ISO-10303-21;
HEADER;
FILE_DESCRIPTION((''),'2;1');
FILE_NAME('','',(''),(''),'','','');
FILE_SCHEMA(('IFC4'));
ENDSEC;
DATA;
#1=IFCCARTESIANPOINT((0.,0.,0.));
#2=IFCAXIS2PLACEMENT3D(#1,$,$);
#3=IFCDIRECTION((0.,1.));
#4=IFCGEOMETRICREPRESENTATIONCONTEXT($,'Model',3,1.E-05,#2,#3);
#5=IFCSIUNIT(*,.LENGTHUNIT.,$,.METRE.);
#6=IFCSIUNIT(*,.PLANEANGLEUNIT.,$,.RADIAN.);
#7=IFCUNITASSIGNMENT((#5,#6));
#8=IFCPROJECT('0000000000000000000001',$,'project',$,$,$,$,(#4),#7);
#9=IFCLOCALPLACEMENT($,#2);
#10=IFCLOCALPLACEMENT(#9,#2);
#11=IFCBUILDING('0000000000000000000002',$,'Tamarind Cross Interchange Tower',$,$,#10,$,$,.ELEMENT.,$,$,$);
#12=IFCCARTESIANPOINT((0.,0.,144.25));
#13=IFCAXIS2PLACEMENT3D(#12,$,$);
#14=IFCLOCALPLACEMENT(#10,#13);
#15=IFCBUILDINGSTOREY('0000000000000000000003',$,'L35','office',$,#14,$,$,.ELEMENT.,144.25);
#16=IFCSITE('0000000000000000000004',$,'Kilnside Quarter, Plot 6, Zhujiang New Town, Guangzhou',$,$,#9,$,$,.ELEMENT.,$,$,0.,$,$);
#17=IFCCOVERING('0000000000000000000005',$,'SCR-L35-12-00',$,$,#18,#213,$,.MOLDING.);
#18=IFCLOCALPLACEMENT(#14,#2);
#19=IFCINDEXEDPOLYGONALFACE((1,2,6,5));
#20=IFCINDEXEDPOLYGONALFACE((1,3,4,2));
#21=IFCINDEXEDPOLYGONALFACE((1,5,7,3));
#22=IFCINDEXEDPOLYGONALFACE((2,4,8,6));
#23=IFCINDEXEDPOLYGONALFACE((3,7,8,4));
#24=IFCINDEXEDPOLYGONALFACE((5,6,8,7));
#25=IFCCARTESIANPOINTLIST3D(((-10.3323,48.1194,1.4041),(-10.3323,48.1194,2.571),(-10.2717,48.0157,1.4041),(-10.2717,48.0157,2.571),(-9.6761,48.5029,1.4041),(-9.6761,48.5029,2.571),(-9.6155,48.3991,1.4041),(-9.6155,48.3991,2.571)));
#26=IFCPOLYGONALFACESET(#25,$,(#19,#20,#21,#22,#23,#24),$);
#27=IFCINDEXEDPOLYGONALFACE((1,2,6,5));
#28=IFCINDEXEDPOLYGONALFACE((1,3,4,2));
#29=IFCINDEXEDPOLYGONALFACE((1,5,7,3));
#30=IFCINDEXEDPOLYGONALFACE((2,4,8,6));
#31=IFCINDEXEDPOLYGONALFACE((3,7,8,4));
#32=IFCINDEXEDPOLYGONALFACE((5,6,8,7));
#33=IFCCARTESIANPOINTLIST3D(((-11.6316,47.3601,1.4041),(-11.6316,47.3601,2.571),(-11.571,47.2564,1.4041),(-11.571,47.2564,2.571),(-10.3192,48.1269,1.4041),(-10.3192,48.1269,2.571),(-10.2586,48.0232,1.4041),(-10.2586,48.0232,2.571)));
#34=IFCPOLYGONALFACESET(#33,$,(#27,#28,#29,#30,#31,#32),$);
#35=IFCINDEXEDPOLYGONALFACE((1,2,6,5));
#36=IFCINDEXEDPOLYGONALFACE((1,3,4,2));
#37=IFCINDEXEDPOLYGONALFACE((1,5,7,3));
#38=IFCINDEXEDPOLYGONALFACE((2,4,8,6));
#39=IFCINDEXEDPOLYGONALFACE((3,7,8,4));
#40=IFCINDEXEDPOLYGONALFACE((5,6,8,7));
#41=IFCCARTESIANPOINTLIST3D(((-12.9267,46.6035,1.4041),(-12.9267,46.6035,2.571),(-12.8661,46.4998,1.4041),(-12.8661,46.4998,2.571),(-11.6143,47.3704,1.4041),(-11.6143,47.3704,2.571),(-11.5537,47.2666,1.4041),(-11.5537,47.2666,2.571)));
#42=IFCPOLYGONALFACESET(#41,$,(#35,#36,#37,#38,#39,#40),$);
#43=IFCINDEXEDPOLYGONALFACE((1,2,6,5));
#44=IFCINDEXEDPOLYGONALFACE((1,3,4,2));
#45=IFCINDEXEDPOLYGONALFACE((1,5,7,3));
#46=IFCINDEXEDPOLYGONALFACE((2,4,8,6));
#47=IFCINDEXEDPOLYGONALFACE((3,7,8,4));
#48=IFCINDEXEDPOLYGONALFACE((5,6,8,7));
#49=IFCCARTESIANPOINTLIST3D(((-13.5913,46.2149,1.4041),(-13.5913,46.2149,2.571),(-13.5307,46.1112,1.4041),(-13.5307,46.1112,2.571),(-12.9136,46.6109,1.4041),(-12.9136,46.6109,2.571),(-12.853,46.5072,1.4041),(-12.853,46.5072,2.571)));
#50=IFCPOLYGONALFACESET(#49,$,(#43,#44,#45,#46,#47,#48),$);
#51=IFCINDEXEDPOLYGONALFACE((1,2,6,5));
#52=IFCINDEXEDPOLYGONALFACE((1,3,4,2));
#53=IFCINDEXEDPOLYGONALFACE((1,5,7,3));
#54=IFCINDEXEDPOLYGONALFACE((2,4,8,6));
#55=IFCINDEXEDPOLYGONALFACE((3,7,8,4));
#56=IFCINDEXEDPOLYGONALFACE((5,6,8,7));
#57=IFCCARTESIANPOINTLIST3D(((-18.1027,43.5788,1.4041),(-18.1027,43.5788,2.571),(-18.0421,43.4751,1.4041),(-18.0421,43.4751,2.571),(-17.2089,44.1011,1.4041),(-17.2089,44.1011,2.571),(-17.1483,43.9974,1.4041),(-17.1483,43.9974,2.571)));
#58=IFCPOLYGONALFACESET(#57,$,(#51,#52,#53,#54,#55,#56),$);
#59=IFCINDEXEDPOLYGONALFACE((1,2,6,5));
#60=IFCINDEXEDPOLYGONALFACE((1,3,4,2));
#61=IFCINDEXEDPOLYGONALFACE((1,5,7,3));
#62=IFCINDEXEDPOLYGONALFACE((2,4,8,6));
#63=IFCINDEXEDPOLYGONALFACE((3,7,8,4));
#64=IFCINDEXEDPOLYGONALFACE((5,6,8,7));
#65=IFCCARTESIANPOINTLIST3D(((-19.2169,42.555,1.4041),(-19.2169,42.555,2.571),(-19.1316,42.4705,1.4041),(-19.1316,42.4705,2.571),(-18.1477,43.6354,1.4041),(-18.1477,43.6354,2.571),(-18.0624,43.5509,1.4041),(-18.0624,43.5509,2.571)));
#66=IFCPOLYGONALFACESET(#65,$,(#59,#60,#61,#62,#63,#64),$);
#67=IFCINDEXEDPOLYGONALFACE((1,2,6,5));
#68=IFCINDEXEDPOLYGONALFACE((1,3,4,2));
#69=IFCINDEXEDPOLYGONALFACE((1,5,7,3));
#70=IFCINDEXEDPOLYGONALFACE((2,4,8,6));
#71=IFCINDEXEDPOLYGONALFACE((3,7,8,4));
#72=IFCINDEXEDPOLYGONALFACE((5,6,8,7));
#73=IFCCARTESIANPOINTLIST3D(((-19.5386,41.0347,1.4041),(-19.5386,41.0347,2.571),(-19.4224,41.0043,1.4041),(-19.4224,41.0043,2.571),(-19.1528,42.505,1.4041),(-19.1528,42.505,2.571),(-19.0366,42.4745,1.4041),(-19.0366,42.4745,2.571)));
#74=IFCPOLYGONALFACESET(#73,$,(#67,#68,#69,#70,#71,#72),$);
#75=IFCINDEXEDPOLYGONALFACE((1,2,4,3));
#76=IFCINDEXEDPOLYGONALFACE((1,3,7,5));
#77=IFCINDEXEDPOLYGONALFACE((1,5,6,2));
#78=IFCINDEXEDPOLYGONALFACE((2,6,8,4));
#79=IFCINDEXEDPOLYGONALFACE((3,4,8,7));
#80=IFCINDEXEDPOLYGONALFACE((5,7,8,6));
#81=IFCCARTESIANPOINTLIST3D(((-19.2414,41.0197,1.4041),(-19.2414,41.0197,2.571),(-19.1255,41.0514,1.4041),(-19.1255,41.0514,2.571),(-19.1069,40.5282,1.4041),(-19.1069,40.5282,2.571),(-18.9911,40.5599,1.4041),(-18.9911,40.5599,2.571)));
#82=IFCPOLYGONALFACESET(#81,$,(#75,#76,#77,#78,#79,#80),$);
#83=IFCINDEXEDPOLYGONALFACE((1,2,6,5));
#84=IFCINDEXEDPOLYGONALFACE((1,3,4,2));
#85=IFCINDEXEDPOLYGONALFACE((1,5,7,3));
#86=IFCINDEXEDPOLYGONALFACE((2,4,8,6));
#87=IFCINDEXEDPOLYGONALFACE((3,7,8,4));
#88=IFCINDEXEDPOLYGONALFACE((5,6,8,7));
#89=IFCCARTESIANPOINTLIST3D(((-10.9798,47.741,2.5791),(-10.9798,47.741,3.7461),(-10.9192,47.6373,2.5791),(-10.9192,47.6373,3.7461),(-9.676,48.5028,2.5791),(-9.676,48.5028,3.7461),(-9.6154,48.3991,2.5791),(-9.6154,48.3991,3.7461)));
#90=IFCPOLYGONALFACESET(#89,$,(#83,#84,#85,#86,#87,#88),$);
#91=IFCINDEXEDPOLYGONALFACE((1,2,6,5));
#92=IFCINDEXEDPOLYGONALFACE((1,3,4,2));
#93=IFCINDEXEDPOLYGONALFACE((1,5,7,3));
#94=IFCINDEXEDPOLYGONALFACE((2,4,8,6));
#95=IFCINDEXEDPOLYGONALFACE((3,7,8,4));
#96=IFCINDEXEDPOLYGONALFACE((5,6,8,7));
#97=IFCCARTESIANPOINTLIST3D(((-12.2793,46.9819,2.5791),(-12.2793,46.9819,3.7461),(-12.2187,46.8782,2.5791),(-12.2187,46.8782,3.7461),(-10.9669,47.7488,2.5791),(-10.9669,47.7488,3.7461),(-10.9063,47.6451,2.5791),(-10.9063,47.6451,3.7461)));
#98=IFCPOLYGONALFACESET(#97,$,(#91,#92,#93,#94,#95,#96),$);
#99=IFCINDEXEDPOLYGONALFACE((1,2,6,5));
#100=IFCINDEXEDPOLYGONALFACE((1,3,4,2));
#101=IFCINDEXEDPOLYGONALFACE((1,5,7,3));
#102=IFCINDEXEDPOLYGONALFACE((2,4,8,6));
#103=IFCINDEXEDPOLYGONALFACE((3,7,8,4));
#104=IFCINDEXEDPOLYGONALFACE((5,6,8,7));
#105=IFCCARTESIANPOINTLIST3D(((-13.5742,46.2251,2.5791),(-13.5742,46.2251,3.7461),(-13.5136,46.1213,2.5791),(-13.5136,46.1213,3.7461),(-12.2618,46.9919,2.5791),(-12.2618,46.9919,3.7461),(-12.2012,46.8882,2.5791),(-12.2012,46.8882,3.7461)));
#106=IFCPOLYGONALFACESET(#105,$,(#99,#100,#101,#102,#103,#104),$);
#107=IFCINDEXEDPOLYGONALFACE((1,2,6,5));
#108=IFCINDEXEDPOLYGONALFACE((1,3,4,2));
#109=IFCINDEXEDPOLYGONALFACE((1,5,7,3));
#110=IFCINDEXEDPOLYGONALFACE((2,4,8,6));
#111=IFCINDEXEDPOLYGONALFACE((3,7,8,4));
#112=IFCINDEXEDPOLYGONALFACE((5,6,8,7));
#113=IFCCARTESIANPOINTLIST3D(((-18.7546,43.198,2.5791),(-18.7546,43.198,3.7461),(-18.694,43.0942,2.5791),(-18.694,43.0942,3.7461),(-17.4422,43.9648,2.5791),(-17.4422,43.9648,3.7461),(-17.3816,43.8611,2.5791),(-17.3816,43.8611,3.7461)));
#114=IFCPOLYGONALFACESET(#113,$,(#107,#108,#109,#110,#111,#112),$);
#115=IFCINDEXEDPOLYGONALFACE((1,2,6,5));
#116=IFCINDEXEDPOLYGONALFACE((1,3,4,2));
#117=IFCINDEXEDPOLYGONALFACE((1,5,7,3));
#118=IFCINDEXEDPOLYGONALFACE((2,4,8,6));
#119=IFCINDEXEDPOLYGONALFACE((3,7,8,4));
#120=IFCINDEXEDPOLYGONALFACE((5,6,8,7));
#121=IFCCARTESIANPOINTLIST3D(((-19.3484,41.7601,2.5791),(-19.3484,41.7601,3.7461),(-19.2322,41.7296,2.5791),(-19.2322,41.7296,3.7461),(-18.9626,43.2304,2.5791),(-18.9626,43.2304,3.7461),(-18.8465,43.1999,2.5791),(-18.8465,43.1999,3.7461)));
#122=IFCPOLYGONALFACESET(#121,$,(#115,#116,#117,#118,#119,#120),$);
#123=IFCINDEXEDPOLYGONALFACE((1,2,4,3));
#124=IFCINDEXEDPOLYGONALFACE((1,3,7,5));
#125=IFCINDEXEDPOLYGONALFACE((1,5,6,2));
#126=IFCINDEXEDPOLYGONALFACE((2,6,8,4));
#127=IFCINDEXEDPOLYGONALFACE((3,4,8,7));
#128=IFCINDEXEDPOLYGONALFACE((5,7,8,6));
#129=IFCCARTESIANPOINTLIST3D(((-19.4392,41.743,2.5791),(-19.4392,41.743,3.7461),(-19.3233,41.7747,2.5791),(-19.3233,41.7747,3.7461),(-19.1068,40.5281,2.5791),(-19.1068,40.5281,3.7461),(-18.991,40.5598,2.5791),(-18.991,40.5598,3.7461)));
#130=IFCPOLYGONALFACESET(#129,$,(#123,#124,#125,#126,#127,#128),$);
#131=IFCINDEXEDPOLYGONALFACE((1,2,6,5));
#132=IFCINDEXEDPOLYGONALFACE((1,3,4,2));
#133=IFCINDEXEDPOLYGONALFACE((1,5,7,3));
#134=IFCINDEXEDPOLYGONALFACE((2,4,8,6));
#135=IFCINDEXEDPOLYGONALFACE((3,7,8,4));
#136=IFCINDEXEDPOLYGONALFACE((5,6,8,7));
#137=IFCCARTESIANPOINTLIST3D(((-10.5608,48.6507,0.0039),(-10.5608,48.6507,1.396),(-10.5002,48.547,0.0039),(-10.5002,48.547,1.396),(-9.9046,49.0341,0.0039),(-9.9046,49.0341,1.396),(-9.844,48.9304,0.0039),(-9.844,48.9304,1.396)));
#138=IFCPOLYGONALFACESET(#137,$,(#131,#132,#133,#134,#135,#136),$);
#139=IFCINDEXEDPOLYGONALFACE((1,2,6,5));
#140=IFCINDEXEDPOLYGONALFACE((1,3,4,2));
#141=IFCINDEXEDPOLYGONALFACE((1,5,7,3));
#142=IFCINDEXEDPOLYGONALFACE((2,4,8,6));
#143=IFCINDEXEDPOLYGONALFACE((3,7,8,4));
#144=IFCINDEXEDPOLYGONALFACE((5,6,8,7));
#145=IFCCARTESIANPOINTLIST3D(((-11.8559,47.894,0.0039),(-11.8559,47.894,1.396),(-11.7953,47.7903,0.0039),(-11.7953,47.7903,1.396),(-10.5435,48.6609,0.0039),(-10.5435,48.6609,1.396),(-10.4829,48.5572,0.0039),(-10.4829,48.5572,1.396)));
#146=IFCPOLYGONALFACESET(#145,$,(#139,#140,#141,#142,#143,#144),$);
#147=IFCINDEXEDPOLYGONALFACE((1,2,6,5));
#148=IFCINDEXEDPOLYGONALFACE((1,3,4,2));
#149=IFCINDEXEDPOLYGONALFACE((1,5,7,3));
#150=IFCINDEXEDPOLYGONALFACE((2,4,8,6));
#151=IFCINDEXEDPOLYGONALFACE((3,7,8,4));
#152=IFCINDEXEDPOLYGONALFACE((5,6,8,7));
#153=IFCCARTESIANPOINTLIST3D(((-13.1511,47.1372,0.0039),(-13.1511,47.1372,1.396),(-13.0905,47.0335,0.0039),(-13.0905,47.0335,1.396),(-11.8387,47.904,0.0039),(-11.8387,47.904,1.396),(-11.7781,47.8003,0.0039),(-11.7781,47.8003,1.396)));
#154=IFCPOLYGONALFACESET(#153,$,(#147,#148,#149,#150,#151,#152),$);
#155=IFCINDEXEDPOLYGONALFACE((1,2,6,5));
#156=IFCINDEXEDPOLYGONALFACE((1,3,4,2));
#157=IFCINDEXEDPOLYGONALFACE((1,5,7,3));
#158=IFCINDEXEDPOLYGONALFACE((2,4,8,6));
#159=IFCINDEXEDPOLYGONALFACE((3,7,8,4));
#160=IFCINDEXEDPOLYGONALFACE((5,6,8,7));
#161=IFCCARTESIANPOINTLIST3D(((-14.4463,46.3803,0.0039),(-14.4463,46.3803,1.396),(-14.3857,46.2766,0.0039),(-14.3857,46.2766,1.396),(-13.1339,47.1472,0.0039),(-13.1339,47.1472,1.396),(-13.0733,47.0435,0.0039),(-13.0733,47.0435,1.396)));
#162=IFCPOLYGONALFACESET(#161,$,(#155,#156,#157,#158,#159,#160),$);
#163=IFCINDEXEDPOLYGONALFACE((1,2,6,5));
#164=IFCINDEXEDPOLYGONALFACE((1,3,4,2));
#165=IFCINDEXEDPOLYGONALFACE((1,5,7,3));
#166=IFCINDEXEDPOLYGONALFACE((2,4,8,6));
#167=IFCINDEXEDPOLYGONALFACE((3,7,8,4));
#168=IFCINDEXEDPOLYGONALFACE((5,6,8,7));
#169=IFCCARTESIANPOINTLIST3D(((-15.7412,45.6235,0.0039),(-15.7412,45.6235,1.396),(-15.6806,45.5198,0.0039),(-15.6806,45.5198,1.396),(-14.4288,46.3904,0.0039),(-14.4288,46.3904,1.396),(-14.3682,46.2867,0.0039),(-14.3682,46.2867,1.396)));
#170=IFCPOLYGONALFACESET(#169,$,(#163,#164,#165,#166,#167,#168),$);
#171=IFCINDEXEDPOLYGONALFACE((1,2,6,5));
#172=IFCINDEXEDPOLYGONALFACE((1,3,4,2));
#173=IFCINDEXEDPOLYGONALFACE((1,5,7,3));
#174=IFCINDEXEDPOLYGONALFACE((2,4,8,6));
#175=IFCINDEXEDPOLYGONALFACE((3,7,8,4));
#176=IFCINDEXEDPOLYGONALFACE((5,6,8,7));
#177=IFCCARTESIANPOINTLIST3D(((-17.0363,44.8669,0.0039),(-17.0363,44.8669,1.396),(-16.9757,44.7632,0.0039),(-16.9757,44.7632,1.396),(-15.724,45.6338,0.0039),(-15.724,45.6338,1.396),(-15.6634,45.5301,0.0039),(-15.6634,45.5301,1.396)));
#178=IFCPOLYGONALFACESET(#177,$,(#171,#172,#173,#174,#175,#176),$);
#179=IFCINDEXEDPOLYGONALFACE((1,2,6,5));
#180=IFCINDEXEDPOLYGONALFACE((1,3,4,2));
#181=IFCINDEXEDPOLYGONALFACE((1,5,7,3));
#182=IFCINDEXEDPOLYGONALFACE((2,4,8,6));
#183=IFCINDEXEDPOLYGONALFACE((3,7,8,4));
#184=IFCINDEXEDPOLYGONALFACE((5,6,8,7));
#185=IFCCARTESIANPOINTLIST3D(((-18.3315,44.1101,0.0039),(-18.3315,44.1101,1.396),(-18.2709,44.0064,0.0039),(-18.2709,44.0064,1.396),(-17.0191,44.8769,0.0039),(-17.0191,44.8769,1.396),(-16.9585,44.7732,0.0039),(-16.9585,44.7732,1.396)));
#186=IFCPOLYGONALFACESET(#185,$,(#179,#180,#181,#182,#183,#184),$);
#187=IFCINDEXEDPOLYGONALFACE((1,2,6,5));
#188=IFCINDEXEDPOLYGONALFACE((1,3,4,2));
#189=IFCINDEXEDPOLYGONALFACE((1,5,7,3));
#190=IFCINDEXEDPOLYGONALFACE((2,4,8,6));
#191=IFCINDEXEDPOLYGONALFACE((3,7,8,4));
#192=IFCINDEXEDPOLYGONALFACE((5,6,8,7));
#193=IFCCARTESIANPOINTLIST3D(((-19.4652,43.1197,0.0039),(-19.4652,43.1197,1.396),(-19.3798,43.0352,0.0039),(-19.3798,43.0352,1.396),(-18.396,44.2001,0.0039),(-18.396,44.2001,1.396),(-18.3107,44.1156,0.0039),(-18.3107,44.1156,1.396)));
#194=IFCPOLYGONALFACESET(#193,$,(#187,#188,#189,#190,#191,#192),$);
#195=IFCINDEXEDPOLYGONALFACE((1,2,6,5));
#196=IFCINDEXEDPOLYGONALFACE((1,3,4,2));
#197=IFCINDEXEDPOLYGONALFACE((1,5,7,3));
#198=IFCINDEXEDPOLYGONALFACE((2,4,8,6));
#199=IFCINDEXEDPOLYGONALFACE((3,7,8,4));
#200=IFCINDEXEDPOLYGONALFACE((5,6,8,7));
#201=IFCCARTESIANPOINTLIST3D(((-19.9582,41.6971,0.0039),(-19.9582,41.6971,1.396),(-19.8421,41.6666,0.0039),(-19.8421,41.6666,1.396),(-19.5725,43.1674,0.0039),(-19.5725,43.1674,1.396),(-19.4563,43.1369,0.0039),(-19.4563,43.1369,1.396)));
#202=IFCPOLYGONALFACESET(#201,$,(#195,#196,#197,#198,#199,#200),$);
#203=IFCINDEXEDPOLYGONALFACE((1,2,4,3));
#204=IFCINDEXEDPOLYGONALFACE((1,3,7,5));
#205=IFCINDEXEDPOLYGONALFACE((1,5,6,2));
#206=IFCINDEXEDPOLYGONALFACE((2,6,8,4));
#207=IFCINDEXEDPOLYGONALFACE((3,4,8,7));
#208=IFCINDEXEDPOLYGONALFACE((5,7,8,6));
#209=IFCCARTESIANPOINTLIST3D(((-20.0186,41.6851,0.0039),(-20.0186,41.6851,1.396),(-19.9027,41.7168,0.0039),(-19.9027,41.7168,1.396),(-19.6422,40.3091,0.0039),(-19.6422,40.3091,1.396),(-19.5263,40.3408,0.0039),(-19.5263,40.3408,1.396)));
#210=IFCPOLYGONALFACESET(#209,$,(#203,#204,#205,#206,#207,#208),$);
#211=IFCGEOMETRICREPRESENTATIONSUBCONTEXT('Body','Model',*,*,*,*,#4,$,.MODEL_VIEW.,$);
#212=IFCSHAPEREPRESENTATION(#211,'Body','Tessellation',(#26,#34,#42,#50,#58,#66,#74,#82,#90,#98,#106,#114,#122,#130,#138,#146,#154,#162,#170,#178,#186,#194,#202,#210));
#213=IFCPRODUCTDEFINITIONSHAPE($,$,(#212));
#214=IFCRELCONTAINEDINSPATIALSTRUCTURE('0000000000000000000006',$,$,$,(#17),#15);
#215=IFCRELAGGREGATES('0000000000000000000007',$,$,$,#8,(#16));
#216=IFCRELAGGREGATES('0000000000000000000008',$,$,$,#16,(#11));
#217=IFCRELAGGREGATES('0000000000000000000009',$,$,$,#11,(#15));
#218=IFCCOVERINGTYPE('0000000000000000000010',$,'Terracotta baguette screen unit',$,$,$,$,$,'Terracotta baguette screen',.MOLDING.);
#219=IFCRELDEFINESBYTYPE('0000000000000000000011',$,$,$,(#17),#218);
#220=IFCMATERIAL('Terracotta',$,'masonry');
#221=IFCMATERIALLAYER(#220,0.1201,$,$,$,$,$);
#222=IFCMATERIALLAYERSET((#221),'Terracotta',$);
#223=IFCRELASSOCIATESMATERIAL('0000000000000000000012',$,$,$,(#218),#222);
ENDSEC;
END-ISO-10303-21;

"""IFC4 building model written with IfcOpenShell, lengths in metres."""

from ifc_helpers import new_model, si_unit, direction, frame, origin, origin_2d, place, context, subcontext, project, spatial, rectangle, extrude, material, layer, layer_set, type_object, element, save


model = new_model("IFC4")

# Units and contexts
model_context = context("Model", 3, precision=1e-05, world=origin(), true_north=direction((0.0, 1.0)))
body_context = subcontext(model_context, "Body", "Model", "MODEL_VIEW")
ifc_project = project(units=[si_unit("LENGTHUNIT", "METRE"), si_unit("PLANEANGLEUNIT", "RADIAN")], contexts=[model_context])

# Site, building, storey
site_placement = place(None, origin())
site = spatial("IfcSite", under=ifc_project, at=site_placement, Name="Kilnside Quarter, Plot 6, Zhujiang New Town, Guangzhou", CompositionType="ELEMENT", RefElevation=0.0)
building_placement = place(site_placement, origin())
building = spatial("IfcBuilding", under=site, at=building_placement, Name="Tamarind Cross Interchange Tower", CompositionType="ELEMENT")
storey_placement = place(building_placement, frame((0.0, 0.0, 144.25)))
storey = spatial("IfcBuildingStorey", under=building, at=storey_placement, Name="L35", Description="office", CompositionType="ELEMENT", Elevation=144.25)

# Covering
ifc_material_1 = material(Name="Terracotta", Category="masonry")
ifc_layer_1 = layer(ifc_material_1, 0.1201)
ifc_layer_set_1 = layer_set([ifc_layer_1], Name="Terracotta")
covering_type = type_object("IfcCoveringType", Name="Terracotta baguette screen unit", ElementType="Terracotta baguette screen", PredefinedType="MOLDING", material=ifc_layer_set_1)
covering_placement = place(storey_placement, origin())
element("IfcCovering", 1, at=covering_placement, inside=storey, type_object=covering_type, Name="SCR-L35-12-00", PredefinedType="MOLDING", context=body_context, shape_type="SweptSolid", body=[
    extrude(rectangle(XDim=0.76, YDim=0.1201, at=origin_2d()), frame((-9.9739, 48.2593, 1.4041), z_axis=(0.0, 0.0, 1.0), x_axis=(-0.863403, -0.504516, 0.0)), (0.0, 0.0, 1.0), 1.167),
    extrude(rectangle(XDim=1.52, YDim=0.1201, at=origin_2d()), frame((-10.9451, 47.6917, 1.4041), z_axis=(0.0, 0.0, 1.0), x_axis=(-0.863403, -0.504516, 0.0)), (0.0, 0.0, 1.0), 1.167),
    extrude(rectangle(XDim=1.52, YDim=0.1201, at=origin_2d()), frame((-12.2402, 46.9351, 1.4041), z_axis=(0.0, 0.0, 1.0), x_axis=(-0.863403, -0.504516, 0.0)), (0.0, 0.0, 1.0), 1.167),
    extrude(rectangle(XDim=0.7849, YDim=0.1201, at=origin_2d()), frame((-13.2222, 46.3611, 1.4041), z_axis=(0.0, 0.0, 1.0), x_axis=(-0.863403, -0.504516, 0.0)), (0.0, 0.0, 1.0), 1.167),
    extrude(rectangle(XDim=1.0352, YDim=0.1201, at=origin_2d()), frame((-17.6255, 43.7881, 1.4041), z_axis=(0.0, 0.0, 1.0), x_axis=(-0.863403, -0.504516, 0.0)), (0.0, 0.0, 1.0), 1.167),
    extrude(rectangle(XDim=1.52, YDim=0.1201, at=origin_2d()), frame((-18.6396, 43.053, 1.4041), z_axis=(0.0, 0.0, 1.0), x_axis=(-0.703405, -0.71079, 0.0)), (0.0, 0.0, 1.0), 1.167),
    extrude(rectangle(XDim=1.52, YDim=0.1201, at=origin_2d()), frame((-19.2876, 41.7546, 1.4041), z_axis=(0.0, 0.0, 1.0), x_axis=(-0.253771, -0.967264, 0.0)), (0.0, 0.0, 1.0), 1.167),
    extrude(rectangle(XDim=0.5095, YDim=0.1201, at=origin_2d()), frame((-19.1162, 40.7898, 1.4041), z_axis=(0.0, 0.0, 1.0), x_axis=(0.26386, -0.964561, 0.0)), (0.0, 0.0, 1.0), 1.167),
    extrude(rectangle(XDim=1.51, YDim=0.1201, at=origin_2d()), frame((-10.2976, 48.0701, 2.5791), z_axis=(0.0, 0.0, 1.0), x_axis=(-0.863403, -0.504516, 0.0)), (0.0, 0.0, 1.0), 1.167),
    extrude(rectangle(XDim=1.52, YDim=0.1201, at=origin_2d()), frame((-11.5928, 47.3135, 2.5791), z_axis=(0.0, 0.0, 1.0), x_axis=(-0.863403, -0.504516, 0.0)), (0.0, 0.0, 1.0), 1.167),
    extrude(rectangle(XDim=1.52, YDim=0.1201, at=origin_2d()), frame((-12.8877, 46.5566, 2.5791), z_axis=(0.0, 0.0, 1.0), x_axis=(-0.863403, -0.504516, 0.0)), (0.0, 0.0, 1.0), 1.167),
    extrude(rectangle(XDim=1.52, YDim=0.1201, at=origin_2d()), frame((-18.0681, 43.5295, 2.5791), z_axis=(0.0, 0.0, 1.0), x_axis=(-0.863403, -0.504516, 0.0)), (0.0, 0.0, 1.0), 1.167),
    extrude(rectangle(XDim=1.52, YDim=0.1201, at=origin_2d()), frame((-19.0974, 42.48, 2.5791), z_axis=(0.0, 0.0, 1.0), x_axis=(-0.253771, -0.967264, 0.0)), (0.0, 0.0, 1.0), 1.167),
    extrude(rectangle(XDim=1.2595, YDim=0.1201, at=origin_2d()), frame((-19.2151, 41.1514, 2.5791), z_axis=(0.0, 0.0, 1.0), x_axis=(0.26386, -0.964561, 0.0)), (0.0, 0.0, 1.0), 1.167),
    extrude(rectangle(XDim=0.76, YDim=0.1201, at=origin_2d()), frame((-10.2024, 48.7905, 0.0039), z_axis=(0.0, 0.0, 1.0), x_axis=(-0.863403, -0.504516, 0.0)), (0.0, 0.0, 1.0), 1.3921),
    extrude(rectangle(XDim=1.52, YDim=0.1201, at=origin_2d()), frame((-11.1694, 48.2256, 0.0039), z_axis=(0.0, 0.0, 1.0), x_axis=(-0.863403, -0.504516, 0.0)), (0.0, 0.0, 1.0), 1.3921),
    extrude(rectangle(XDim=1.52, YDim=0.1201, at=origin_2d()), frame((-12.4646, 47.4688, 0.0039), z_axis=(0.0, 0.0, 1.0), x_axis=(-0.863403, -0.504516, 0.0)), (0.0, 0.0, 1.0), 1.3921),
    extrude(rectangle(XDim=1.52, YDim=0.1201, at=origin_2d()), frame((-13.7598, 46.7119, 0.0039), z_axis=(0.0, 0.0, 1.0), x_axis=(-0.863403, -0.504516, 0.0)), (0.0, 0.0, 1.0), 1.3921),
    extrude(rectangle(XDim=1.52, YDim=0.1201, at=origin_2d()), frame((-15.0547, 45.9551, 0.0039), z_axis=(0.0, 0.0, 1.0), x_axis=(-0.863403, -0.504516, 0.0)), (0.0, 0.0, 1.0), 1.3921),
    extrude(rectangle(XDim=1.52, YDim=0.1201, at=origin_2d()), frame((-16.3499, 45.1985, 0.0039), z_axis=(0.0, 0.0, 1.0), x_axis=(-0.863403, -0.504516, 0.0)), (0.0, 0.0, 1.0), 1.3921),
    extrude(rectangle(XDim=1.52, YDim=0.1201, at=origin_2d()), frame((-17.645, 44.4417, 0.0039), z_axis=(0.0, 0.0, 1.0), x_axis=(-0.863403, -0.504516, 0.0)), (0.0, 0.0, 1.0), 1.3921),
    extrude(rectangle(XDim=1.52, YDim=0.1201, at=origin_2d()), frame((-18.8879, 43.6177, 0.0039), z_axis=(0.0, 0.0, 1.0), x_axis=(-0.703405, -0.71079, 0.0)), (0.0, 0.0, 1.0), 1.3921),
    extrude(rectangle(XDim=1.52, YDim=0.1201, at=origin_2d()), frame((-19.7073, 42.417, 0.0039), z_axis=(0.0, 0.0, 1.0), x_axis=(-0.253771, -0.967264, 0.0)), (0.0, 0.0, 1.0), 1.3921),
    extrude(rectangle(XDim=1.4265, YDim=0.1201, at=origin_2d()), frame((-19.7725, 41.0129, 0.0039), z_axis=(0.0, 0.0, 1.0), x_axis=(0.26386, -0.964561, 0.0)), (0.0, 0.0, 1.0), 1.3921),
])

save(model, "model.ifc")
